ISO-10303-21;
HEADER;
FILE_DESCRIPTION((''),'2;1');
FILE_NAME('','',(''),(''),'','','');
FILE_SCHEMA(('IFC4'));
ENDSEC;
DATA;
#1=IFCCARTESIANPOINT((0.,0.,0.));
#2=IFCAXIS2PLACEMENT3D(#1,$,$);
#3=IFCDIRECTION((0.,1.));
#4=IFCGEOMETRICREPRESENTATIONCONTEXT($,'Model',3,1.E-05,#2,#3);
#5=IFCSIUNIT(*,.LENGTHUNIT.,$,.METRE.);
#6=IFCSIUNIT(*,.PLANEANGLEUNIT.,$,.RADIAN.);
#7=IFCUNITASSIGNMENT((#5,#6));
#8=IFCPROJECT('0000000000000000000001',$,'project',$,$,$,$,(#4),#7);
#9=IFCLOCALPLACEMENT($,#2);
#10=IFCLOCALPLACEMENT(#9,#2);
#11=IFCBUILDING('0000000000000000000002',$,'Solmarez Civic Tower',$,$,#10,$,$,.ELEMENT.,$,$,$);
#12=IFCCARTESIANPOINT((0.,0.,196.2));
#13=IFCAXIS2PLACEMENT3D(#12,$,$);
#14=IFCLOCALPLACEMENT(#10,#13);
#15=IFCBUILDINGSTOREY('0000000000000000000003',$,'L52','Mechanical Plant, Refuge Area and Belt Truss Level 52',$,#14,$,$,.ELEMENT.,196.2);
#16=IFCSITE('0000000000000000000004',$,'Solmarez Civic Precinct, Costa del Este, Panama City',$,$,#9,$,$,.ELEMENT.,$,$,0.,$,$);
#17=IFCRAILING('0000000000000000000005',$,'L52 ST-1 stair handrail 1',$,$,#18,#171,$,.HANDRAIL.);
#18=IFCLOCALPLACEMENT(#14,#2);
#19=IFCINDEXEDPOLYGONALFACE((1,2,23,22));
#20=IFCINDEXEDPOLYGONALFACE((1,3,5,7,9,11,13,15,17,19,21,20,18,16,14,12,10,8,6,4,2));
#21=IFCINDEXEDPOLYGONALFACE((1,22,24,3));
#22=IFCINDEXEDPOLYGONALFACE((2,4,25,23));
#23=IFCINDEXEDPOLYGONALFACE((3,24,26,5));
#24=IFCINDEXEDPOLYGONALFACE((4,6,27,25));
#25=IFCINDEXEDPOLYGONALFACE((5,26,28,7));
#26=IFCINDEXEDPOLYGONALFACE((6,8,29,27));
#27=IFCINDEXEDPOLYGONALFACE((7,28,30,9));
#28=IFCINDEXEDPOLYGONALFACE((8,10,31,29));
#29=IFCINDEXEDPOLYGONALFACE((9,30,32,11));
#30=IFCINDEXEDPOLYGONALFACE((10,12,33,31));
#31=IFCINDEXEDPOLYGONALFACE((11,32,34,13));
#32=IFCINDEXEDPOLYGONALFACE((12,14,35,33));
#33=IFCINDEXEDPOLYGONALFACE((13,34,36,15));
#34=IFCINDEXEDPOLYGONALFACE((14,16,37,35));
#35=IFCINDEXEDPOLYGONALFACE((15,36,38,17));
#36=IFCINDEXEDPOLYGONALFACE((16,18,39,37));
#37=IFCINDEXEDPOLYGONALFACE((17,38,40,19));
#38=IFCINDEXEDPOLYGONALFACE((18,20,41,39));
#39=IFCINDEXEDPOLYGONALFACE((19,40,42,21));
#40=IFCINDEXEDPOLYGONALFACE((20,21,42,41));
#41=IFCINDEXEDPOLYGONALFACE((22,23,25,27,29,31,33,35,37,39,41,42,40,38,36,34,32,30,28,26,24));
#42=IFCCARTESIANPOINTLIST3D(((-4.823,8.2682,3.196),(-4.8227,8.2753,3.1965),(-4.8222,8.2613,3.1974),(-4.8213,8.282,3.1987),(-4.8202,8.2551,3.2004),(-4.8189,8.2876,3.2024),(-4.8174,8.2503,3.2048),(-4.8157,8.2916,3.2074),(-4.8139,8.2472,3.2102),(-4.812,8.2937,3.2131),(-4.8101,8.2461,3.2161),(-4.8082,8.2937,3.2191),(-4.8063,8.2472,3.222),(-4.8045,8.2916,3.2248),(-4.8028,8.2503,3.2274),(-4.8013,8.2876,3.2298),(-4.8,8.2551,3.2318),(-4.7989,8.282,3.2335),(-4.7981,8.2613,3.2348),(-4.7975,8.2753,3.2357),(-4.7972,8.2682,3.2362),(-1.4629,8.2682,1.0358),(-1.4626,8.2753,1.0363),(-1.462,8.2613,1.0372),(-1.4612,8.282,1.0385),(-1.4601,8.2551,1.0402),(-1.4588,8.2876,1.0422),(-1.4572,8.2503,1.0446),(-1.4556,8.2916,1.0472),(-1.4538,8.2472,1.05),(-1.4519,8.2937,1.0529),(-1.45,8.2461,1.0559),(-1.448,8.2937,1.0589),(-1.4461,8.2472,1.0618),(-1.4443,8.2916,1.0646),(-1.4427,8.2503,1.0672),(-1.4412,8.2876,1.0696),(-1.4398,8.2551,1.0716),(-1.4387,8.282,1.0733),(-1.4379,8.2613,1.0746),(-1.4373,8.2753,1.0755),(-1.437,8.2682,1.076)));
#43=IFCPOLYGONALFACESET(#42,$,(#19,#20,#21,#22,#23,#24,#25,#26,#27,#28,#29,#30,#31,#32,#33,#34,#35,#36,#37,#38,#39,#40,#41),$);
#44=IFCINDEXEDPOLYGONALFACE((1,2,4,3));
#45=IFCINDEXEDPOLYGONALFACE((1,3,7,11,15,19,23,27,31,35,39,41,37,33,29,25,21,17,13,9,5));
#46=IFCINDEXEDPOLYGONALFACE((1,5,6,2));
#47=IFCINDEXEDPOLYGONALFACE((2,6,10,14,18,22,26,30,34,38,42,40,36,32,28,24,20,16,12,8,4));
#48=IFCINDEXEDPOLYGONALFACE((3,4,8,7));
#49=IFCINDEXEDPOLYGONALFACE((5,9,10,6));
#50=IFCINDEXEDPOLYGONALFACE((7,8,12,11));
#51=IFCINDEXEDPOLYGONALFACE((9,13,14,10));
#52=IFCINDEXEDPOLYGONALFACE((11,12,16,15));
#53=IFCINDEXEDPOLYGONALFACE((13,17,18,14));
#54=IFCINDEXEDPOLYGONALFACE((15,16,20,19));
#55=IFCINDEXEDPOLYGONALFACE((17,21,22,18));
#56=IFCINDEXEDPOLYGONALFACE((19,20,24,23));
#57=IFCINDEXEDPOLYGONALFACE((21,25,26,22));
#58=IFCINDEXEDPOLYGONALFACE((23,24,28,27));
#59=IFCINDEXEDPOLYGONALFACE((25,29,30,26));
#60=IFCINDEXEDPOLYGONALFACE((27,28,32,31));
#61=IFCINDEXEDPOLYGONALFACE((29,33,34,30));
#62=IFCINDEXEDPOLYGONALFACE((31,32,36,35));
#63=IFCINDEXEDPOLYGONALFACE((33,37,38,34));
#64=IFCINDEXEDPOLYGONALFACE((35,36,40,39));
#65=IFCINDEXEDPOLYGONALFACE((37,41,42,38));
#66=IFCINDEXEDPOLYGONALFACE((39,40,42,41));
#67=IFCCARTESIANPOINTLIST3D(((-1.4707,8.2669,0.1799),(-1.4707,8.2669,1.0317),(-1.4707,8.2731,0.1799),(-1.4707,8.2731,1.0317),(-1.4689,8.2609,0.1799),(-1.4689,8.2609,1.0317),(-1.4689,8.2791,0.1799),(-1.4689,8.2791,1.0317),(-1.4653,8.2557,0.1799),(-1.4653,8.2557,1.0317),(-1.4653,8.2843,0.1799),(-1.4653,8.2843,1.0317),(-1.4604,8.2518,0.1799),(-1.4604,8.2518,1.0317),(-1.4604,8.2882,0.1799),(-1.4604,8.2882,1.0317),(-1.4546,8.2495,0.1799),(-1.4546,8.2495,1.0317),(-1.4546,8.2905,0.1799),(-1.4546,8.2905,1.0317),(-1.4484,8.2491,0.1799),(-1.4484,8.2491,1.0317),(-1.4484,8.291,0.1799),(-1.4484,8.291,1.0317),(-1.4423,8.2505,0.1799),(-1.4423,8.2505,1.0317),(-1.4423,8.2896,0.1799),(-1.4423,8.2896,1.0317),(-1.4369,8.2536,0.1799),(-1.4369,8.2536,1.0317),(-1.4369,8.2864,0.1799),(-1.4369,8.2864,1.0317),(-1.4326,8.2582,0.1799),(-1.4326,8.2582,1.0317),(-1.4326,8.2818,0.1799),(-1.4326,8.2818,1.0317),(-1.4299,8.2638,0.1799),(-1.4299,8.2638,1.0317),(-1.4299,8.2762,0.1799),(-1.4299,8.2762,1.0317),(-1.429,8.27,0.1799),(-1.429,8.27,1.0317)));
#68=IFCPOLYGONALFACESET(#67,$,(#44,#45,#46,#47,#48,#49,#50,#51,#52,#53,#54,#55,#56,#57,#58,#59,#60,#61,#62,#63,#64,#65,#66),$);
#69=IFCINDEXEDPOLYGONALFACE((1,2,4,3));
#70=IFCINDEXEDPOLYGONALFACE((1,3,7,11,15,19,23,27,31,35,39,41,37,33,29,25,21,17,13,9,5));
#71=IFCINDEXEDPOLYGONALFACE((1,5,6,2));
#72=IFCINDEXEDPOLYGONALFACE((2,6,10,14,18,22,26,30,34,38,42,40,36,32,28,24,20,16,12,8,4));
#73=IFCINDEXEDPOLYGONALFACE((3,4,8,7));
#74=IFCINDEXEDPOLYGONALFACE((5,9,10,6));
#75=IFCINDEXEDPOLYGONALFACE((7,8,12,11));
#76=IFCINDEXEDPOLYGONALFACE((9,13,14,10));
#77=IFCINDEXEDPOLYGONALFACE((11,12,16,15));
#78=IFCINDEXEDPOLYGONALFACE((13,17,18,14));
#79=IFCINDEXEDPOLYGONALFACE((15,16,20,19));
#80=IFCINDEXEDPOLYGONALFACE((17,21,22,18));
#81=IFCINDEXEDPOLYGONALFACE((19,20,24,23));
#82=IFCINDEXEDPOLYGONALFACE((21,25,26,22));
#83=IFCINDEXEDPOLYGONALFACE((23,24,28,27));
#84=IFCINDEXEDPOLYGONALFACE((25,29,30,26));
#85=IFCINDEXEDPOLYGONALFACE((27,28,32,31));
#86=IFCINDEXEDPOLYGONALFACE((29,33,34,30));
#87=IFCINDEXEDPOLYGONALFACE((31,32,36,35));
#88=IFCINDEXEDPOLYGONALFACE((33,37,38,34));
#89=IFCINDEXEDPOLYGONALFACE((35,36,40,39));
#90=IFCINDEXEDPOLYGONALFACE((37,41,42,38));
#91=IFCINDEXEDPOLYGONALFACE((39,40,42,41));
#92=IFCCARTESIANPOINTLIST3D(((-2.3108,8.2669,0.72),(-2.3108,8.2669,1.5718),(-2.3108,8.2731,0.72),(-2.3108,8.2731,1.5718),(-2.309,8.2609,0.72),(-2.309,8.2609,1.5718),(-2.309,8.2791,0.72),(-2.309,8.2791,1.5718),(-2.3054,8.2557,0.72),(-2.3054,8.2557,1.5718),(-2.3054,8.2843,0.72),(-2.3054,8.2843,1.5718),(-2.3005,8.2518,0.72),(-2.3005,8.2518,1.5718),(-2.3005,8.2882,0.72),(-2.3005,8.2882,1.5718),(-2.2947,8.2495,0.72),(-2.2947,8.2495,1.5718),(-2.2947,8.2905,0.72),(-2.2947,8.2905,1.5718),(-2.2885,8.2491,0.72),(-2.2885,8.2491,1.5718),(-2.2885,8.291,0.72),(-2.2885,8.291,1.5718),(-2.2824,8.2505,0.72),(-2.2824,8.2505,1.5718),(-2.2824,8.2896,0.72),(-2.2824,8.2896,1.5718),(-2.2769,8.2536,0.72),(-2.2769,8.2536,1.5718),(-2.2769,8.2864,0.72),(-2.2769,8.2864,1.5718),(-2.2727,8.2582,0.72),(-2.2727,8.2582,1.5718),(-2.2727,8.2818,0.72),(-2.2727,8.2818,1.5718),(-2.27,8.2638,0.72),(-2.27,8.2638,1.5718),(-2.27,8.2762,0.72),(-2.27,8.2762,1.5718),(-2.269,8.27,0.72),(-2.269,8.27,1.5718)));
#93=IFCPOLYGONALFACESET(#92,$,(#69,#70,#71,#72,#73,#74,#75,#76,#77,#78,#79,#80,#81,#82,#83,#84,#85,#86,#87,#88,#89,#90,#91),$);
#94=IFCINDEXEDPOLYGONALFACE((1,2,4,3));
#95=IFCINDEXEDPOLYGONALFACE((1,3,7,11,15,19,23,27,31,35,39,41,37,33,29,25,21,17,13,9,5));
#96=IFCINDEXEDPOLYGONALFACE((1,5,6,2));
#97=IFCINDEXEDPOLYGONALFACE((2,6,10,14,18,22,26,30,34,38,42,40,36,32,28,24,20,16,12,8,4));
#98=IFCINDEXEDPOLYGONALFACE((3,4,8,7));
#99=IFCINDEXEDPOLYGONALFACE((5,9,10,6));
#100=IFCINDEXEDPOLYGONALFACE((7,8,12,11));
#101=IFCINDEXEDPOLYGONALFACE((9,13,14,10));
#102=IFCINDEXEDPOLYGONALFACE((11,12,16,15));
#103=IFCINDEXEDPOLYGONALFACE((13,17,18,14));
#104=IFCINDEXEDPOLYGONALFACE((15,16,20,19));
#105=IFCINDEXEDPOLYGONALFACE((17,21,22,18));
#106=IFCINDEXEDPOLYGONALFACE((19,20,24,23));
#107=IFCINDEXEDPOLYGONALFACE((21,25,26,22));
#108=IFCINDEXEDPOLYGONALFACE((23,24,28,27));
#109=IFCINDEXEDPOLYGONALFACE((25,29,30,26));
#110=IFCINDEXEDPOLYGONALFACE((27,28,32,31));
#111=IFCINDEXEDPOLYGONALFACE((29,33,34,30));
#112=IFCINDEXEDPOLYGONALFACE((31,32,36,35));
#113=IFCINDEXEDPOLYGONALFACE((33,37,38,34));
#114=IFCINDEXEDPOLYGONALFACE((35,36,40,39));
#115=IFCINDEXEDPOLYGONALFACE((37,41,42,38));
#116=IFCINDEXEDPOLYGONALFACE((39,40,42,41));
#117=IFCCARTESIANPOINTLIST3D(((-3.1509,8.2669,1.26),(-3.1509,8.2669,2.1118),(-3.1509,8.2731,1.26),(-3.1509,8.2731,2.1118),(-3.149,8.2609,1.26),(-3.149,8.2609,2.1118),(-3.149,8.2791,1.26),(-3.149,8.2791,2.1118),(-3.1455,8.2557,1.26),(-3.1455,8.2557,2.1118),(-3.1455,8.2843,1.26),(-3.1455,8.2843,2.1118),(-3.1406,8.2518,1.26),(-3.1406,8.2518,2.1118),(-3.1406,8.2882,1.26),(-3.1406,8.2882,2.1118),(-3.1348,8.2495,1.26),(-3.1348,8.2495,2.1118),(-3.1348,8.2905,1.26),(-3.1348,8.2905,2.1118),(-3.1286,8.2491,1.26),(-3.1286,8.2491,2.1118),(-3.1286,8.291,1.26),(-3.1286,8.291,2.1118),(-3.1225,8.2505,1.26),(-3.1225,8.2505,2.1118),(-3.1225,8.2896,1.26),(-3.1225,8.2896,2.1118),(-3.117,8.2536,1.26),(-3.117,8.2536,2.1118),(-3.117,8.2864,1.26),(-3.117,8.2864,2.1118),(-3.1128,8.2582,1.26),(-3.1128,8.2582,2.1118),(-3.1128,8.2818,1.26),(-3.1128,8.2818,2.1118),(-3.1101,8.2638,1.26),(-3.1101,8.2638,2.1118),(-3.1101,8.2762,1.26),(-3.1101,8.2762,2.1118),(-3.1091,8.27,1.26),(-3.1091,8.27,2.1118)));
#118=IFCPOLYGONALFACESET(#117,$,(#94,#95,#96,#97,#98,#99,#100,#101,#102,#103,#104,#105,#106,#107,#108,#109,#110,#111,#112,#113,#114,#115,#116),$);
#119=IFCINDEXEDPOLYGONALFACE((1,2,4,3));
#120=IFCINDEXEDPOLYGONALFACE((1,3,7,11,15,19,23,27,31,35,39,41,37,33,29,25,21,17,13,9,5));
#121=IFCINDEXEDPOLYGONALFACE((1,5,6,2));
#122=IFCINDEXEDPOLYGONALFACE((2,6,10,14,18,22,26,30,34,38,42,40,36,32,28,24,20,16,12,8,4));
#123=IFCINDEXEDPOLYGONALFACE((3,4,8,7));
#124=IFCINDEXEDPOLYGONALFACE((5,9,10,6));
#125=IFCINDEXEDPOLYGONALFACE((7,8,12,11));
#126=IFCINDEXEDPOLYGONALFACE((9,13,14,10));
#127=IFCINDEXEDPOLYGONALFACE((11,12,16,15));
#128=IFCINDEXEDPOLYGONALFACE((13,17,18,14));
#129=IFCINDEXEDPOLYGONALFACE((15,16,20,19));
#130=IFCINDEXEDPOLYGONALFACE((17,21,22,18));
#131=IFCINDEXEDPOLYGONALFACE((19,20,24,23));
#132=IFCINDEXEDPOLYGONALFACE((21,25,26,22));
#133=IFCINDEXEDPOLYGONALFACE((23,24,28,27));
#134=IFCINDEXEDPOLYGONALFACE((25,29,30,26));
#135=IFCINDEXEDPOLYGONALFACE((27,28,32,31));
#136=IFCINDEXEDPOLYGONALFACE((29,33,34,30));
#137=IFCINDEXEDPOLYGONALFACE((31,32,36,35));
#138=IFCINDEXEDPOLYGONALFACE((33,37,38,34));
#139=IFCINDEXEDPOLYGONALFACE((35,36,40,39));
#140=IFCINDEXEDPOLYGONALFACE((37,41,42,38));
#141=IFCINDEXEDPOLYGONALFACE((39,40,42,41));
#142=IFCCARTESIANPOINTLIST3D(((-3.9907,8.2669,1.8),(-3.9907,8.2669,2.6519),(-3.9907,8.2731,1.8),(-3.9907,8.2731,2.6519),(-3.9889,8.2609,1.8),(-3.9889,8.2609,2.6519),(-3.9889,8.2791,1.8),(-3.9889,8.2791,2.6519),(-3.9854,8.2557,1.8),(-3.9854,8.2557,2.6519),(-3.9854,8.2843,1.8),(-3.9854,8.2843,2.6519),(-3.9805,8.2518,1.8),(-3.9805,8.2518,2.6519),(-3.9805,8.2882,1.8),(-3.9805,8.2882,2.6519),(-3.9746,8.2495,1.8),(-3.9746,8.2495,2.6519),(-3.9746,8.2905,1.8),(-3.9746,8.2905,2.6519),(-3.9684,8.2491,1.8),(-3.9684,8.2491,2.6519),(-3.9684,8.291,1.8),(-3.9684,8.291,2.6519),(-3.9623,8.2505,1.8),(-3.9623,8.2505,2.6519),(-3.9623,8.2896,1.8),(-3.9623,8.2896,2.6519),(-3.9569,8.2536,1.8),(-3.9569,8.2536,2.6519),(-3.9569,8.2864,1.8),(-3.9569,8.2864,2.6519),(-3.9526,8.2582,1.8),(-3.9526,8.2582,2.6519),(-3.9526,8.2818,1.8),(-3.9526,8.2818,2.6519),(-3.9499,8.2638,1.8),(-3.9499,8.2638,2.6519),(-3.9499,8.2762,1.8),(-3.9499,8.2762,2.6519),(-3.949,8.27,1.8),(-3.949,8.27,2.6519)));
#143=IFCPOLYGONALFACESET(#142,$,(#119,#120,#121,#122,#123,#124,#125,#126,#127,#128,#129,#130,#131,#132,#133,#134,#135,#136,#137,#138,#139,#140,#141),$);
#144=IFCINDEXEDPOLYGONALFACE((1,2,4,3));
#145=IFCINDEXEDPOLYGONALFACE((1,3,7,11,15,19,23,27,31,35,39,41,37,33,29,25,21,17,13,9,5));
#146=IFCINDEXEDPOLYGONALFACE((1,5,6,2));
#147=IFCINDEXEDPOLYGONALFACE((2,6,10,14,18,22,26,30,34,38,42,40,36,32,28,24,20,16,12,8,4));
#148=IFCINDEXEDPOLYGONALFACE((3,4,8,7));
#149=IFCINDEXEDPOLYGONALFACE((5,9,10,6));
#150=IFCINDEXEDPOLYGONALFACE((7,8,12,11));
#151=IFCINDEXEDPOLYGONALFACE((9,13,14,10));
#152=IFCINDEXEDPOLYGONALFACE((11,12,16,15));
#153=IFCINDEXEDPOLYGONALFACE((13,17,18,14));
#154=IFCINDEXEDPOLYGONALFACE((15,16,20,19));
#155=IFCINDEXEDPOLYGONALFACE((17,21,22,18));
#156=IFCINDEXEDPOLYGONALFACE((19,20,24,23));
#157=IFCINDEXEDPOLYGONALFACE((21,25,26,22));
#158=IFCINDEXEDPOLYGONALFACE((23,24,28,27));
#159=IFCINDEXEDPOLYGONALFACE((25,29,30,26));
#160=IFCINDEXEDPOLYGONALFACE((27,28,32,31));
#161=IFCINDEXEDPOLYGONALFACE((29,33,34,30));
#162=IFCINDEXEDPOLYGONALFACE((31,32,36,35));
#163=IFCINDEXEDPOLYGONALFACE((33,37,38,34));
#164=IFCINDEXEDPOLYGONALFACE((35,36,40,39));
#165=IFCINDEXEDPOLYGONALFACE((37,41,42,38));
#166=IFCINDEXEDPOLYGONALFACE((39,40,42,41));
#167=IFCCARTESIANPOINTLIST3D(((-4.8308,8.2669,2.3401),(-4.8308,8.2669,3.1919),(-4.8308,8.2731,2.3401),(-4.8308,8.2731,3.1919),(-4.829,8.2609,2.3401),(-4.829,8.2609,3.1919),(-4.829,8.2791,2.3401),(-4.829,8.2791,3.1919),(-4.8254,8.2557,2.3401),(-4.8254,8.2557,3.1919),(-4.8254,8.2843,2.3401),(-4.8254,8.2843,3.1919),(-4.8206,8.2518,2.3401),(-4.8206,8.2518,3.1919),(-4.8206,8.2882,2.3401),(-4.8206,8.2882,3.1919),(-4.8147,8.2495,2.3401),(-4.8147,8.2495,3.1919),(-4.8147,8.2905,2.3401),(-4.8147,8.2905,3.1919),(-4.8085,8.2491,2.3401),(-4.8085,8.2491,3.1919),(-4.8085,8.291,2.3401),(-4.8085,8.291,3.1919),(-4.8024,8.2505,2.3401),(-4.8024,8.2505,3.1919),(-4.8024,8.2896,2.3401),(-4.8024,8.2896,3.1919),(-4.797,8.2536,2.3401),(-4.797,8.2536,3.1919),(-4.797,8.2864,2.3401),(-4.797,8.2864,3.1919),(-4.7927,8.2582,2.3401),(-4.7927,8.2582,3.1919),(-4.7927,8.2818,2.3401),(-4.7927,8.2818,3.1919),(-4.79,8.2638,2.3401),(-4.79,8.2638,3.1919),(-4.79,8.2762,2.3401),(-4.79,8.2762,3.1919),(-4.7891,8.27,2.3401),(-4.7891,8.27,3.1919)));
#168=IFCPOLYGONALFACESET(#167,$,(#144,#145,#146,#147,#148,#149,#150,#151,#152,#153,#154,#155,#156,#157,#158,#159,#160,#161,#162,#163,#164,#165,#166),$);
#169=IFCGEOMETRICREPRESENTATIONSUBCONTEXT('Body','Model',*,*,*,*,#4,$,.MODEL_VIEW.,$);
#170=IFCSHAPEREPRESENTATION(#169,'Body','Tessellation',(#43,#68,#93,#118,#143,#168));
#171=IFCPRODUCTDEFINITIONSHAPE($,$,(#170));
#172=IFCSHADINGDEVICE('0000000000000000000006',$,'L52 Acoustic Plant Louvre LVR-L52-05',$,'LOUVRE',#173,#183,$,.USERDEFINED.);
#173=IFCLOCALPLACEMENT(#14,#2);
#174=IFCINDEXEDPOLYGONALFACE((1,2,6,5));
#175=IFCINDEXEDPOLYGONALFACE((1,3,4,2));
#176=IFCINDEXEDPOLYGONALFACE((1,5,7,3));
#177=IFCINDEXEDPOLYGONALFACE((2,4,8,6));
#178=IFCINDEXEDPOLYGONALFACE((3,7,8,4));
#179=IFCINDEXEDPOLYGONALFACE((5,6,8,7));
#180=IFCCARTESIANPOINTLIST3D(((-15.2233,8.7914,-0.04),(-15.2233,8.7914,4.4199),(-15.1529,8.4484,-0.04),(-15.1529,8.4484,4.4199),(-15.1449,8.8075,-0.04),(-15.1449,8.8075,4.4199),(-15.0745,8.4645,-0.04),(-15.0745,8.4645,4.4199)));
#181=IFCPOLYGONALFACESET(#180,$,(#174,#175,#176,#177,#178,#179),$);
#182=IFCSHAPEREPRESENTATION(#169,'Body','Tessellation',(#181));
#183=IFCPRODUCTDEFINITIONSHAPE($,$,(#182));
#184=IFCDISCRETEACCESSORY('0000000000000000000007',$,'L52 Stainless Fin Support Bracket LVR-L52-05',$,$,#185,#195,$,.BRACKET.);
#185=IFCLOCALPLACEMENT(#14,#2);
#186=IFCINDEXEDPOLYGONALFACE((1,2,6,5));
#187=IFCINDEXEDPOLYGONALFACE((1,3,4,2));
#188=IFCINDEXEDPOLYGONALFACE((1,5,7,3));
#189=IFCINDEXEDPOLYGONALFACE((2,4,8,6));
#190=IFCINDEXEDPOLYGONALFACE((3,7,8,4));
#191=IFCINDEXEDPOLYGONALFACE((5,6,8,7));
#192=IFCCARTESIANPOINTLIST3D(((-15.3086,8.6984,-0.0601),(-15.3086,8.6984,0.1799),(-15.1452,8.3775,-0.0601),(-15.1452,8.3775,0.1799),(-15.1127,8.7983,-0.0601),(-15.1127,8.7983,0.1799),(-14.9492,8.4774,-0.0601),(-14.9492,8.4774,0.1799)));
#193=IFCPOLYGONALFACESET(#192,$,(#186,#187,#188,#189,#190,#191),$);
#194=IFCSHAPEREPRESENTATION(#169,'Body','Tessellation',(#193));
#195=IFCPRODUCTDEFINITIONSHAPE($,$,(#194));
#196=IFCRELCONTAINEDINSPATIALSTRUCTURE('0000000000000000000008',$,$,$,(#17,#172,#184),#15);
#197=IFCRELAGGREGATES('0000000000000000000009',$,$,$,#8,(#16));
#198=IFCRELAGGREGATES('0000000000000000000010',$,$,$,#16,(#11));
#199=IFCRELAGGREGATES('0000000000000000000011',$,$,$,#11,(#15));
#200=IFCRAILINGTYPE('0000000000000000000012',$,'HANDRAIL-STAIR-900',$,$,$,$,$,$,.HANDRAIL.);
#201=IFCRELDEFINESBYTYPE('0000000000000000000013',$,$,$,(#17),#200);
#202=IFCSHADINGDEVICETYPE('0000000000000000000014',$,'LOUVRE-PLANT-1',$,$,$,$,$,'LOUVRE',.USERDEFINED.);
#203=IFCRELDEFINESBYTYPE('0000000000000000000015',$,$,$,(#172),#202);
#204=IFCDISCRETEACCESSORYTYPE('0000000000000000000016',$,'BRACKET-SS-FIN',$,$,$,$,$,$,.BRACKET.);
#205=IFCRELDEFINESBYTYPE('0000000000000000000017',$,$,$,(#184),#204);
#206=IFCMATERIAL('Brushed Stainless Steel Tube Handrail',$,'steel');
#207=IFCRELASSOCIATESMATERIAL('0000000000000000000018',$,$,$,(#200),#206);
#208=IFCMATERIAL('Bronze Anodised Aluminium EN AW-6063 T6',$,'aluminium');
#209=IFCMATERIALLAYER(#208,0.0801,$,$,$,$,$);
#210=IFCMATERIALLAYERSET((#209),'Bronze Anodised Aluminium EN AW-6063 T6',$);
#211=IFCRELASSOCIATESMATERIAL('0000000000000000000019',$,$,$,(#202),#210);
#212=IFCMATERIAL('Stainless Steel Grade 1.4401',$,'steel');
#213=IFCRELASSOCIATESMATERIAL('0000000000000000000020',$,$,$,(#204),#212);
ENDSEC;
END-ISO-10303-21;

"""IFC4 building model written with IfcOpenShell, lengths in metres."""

from ifc_helpers import new_model, si_unit, direction, frame, origin, origin_2d, place, context, subcontext, project, spatial, rectangle, circle, extrude, material, layer, layer_set, type_object, element, save


model = new_model("IFC4")

# Units and contexts
model_context = context("Model", 3, precision=1e-05, world=origin(), true_north=direction((0.0, 1.0)))
body_context = subcontext(model_context, "Body", "Model", "MODEL_VIEW")
ifc_project = project(units=[si_unit("LENGTHUNIT", "METRE"), si_unit("PLANEANGLEUNIT", "RADIAN")], contexts=[model_context])

# Site, building, storey
site_placement = place(None, origin())
site = spatial("IfcSite", under=ifc_project, at=site_placement, Name="Solmarez Civic Precinct, Costa del Este, Panama City", CompositionType="ELEMENT", RefElevation=0.0)
building_placement = place(site_placement, origin())
building = spatial("IfcBuilding", under=site, at=building_placement, Name="Solmarez Civic Tower", CompositionType="ELEMENT")
storey_placement = place(building_placement, frame((0.0, 0.0, 196.2)))
storey = spatial("IfcBuildingStorey", under=building, at=storey_placement, Name="L52", Description="Mechanical Plant, Refuge Area and Belt Truss Level 52", CompositionType="ELEMENT", Elevation=196.2)

# Railing
ifc_material_1 = material(Name="Brushed Stainless Steel Tube Handrail", Category="steel")
railing_type_1 = type_object("IfcRailingType", Name="HANDRAIL-STAIR-900", PredefinedType="HANDRAIL", material=ifc_material_1)
railing_1_placement = place(storey_placement, frame((-1.45, 8.27, 0.1799)))
element("IfcRailing", 1, at=railing_1_placement, inside=storey, type_object=railing_type_1, Name="L52 ST-1 stair handrail 1", PredefinedType="HANDRAIL", context=body_context, shape_type="SweptSolid", body=[
    extrude(circle(Radius=0.0239, at=origin_2d()), frame((0.0, 0.0, 0.876), z_axis=(-0.841169, 0.0, 0.540773), x_axis=(0.0, -1.0, 0.0)), (0.0, 0.0, 1.0), 3.9946),
    extrude(circle(Radius=0.021, at=origin_2d()), origin(), (0.0, 0.0, 1.0), 0.8518),
    extrude(circle(Radius=0.021, at=origin_2d()), frame((-0.8401, 0.0, 0.54)), (0.0, 0.0, 1.0), 0.8518),
    extrude(circle(Radius=0.021, at=origin_2d()), frame((-1.6802, 0.0, 1.0801)), (0.0, 0.0, 1.0), 0.8518),
    extrude(circle(Radius=0.021, at=origin_2d()), frame((-2.52, 0.0, 1.6201)), (0.0, 0.0, 1.0), 0.8518),
    extrude(circle(Radius=0.021, at=origin_2d()), frame((-3.3601, 0.0, 2.1602)), (0.0, 0.0, 1.0), 0.8518),
])

# Shading device
ifc_material_2 = material(Name="Bronze Anodised Aluminium EN AW-6063 T6", Category="aluminium")
ifc_layer_1 = layer(ifc_material_2, 0.0801)
ifc_layer_set_1 = layer_set([ifc_layer_1], Name="Bronze Anodised Aluminium EN AW-6063 T6")
shading_device_type = type_object("IfcShadingDeviceType", Name="LOUVRE-PLANT-1", ElementType="LOUVRE", PredefinedType="USERDEFINED", material=ifc_layer_set_1)
shading_device_placement = place(storey_placement, frame((-15.1489, 8.6279, -0.04), z_axis=(0.0, 0.0, 1.0), x_axis=(-0.201095, 0.979572, 0.0)))
element("IfcShadingDevice", 2, at=shading_device_placement, inside=storey, type_object=shading_device_type, Name="L52 Acoustic Plant Louvre LVR-L52-05", ObjectType="LOUVRE", PredefinedType="USERDEFINED", context=body_context, shape_type="SweptSolid", body=[
    extrude(rectangle(XDim=0.3501, YDim=0.0801, at=origin_2d()), origin(), (0.0, 0.0, 1.0), 4.46),
])

# Discrete accessory
ifc_material_3 = material(Name="Stainless Steel Grade 1.4401", Category="steel")
discrete_accessory_type = type_object("IfcDiscreteAccessoryType", Name="BRACKET-SS-FIN", PredefinedType="BRACKET", material=ifc_material_3)
discrete_accessory_placement = place(storey_placement, frame((-15.1289, 8.5879, -0.0601), z_axis=(0.0, 0.0, 1.0), x_axis=(-0.454002, 0.891, 0.0)))
element("IfcDiscreteAccessory", 3, at=discrete_accessory_placement, inside=storey, type_object=discrete_accessory_type, Name="L52 Stainless Fin Support Bracket LVR-L52-05", PredefinedType="BRACKET", context=body_context, shape_type="SweptSolid", body=[
    extrude(rectangle(XDim=0.3601, YDim=0.22, at=origin_2d()), origin(), (0.0, 0.0, 1.0), 0.24),
])

save(model, "model.ifc")
